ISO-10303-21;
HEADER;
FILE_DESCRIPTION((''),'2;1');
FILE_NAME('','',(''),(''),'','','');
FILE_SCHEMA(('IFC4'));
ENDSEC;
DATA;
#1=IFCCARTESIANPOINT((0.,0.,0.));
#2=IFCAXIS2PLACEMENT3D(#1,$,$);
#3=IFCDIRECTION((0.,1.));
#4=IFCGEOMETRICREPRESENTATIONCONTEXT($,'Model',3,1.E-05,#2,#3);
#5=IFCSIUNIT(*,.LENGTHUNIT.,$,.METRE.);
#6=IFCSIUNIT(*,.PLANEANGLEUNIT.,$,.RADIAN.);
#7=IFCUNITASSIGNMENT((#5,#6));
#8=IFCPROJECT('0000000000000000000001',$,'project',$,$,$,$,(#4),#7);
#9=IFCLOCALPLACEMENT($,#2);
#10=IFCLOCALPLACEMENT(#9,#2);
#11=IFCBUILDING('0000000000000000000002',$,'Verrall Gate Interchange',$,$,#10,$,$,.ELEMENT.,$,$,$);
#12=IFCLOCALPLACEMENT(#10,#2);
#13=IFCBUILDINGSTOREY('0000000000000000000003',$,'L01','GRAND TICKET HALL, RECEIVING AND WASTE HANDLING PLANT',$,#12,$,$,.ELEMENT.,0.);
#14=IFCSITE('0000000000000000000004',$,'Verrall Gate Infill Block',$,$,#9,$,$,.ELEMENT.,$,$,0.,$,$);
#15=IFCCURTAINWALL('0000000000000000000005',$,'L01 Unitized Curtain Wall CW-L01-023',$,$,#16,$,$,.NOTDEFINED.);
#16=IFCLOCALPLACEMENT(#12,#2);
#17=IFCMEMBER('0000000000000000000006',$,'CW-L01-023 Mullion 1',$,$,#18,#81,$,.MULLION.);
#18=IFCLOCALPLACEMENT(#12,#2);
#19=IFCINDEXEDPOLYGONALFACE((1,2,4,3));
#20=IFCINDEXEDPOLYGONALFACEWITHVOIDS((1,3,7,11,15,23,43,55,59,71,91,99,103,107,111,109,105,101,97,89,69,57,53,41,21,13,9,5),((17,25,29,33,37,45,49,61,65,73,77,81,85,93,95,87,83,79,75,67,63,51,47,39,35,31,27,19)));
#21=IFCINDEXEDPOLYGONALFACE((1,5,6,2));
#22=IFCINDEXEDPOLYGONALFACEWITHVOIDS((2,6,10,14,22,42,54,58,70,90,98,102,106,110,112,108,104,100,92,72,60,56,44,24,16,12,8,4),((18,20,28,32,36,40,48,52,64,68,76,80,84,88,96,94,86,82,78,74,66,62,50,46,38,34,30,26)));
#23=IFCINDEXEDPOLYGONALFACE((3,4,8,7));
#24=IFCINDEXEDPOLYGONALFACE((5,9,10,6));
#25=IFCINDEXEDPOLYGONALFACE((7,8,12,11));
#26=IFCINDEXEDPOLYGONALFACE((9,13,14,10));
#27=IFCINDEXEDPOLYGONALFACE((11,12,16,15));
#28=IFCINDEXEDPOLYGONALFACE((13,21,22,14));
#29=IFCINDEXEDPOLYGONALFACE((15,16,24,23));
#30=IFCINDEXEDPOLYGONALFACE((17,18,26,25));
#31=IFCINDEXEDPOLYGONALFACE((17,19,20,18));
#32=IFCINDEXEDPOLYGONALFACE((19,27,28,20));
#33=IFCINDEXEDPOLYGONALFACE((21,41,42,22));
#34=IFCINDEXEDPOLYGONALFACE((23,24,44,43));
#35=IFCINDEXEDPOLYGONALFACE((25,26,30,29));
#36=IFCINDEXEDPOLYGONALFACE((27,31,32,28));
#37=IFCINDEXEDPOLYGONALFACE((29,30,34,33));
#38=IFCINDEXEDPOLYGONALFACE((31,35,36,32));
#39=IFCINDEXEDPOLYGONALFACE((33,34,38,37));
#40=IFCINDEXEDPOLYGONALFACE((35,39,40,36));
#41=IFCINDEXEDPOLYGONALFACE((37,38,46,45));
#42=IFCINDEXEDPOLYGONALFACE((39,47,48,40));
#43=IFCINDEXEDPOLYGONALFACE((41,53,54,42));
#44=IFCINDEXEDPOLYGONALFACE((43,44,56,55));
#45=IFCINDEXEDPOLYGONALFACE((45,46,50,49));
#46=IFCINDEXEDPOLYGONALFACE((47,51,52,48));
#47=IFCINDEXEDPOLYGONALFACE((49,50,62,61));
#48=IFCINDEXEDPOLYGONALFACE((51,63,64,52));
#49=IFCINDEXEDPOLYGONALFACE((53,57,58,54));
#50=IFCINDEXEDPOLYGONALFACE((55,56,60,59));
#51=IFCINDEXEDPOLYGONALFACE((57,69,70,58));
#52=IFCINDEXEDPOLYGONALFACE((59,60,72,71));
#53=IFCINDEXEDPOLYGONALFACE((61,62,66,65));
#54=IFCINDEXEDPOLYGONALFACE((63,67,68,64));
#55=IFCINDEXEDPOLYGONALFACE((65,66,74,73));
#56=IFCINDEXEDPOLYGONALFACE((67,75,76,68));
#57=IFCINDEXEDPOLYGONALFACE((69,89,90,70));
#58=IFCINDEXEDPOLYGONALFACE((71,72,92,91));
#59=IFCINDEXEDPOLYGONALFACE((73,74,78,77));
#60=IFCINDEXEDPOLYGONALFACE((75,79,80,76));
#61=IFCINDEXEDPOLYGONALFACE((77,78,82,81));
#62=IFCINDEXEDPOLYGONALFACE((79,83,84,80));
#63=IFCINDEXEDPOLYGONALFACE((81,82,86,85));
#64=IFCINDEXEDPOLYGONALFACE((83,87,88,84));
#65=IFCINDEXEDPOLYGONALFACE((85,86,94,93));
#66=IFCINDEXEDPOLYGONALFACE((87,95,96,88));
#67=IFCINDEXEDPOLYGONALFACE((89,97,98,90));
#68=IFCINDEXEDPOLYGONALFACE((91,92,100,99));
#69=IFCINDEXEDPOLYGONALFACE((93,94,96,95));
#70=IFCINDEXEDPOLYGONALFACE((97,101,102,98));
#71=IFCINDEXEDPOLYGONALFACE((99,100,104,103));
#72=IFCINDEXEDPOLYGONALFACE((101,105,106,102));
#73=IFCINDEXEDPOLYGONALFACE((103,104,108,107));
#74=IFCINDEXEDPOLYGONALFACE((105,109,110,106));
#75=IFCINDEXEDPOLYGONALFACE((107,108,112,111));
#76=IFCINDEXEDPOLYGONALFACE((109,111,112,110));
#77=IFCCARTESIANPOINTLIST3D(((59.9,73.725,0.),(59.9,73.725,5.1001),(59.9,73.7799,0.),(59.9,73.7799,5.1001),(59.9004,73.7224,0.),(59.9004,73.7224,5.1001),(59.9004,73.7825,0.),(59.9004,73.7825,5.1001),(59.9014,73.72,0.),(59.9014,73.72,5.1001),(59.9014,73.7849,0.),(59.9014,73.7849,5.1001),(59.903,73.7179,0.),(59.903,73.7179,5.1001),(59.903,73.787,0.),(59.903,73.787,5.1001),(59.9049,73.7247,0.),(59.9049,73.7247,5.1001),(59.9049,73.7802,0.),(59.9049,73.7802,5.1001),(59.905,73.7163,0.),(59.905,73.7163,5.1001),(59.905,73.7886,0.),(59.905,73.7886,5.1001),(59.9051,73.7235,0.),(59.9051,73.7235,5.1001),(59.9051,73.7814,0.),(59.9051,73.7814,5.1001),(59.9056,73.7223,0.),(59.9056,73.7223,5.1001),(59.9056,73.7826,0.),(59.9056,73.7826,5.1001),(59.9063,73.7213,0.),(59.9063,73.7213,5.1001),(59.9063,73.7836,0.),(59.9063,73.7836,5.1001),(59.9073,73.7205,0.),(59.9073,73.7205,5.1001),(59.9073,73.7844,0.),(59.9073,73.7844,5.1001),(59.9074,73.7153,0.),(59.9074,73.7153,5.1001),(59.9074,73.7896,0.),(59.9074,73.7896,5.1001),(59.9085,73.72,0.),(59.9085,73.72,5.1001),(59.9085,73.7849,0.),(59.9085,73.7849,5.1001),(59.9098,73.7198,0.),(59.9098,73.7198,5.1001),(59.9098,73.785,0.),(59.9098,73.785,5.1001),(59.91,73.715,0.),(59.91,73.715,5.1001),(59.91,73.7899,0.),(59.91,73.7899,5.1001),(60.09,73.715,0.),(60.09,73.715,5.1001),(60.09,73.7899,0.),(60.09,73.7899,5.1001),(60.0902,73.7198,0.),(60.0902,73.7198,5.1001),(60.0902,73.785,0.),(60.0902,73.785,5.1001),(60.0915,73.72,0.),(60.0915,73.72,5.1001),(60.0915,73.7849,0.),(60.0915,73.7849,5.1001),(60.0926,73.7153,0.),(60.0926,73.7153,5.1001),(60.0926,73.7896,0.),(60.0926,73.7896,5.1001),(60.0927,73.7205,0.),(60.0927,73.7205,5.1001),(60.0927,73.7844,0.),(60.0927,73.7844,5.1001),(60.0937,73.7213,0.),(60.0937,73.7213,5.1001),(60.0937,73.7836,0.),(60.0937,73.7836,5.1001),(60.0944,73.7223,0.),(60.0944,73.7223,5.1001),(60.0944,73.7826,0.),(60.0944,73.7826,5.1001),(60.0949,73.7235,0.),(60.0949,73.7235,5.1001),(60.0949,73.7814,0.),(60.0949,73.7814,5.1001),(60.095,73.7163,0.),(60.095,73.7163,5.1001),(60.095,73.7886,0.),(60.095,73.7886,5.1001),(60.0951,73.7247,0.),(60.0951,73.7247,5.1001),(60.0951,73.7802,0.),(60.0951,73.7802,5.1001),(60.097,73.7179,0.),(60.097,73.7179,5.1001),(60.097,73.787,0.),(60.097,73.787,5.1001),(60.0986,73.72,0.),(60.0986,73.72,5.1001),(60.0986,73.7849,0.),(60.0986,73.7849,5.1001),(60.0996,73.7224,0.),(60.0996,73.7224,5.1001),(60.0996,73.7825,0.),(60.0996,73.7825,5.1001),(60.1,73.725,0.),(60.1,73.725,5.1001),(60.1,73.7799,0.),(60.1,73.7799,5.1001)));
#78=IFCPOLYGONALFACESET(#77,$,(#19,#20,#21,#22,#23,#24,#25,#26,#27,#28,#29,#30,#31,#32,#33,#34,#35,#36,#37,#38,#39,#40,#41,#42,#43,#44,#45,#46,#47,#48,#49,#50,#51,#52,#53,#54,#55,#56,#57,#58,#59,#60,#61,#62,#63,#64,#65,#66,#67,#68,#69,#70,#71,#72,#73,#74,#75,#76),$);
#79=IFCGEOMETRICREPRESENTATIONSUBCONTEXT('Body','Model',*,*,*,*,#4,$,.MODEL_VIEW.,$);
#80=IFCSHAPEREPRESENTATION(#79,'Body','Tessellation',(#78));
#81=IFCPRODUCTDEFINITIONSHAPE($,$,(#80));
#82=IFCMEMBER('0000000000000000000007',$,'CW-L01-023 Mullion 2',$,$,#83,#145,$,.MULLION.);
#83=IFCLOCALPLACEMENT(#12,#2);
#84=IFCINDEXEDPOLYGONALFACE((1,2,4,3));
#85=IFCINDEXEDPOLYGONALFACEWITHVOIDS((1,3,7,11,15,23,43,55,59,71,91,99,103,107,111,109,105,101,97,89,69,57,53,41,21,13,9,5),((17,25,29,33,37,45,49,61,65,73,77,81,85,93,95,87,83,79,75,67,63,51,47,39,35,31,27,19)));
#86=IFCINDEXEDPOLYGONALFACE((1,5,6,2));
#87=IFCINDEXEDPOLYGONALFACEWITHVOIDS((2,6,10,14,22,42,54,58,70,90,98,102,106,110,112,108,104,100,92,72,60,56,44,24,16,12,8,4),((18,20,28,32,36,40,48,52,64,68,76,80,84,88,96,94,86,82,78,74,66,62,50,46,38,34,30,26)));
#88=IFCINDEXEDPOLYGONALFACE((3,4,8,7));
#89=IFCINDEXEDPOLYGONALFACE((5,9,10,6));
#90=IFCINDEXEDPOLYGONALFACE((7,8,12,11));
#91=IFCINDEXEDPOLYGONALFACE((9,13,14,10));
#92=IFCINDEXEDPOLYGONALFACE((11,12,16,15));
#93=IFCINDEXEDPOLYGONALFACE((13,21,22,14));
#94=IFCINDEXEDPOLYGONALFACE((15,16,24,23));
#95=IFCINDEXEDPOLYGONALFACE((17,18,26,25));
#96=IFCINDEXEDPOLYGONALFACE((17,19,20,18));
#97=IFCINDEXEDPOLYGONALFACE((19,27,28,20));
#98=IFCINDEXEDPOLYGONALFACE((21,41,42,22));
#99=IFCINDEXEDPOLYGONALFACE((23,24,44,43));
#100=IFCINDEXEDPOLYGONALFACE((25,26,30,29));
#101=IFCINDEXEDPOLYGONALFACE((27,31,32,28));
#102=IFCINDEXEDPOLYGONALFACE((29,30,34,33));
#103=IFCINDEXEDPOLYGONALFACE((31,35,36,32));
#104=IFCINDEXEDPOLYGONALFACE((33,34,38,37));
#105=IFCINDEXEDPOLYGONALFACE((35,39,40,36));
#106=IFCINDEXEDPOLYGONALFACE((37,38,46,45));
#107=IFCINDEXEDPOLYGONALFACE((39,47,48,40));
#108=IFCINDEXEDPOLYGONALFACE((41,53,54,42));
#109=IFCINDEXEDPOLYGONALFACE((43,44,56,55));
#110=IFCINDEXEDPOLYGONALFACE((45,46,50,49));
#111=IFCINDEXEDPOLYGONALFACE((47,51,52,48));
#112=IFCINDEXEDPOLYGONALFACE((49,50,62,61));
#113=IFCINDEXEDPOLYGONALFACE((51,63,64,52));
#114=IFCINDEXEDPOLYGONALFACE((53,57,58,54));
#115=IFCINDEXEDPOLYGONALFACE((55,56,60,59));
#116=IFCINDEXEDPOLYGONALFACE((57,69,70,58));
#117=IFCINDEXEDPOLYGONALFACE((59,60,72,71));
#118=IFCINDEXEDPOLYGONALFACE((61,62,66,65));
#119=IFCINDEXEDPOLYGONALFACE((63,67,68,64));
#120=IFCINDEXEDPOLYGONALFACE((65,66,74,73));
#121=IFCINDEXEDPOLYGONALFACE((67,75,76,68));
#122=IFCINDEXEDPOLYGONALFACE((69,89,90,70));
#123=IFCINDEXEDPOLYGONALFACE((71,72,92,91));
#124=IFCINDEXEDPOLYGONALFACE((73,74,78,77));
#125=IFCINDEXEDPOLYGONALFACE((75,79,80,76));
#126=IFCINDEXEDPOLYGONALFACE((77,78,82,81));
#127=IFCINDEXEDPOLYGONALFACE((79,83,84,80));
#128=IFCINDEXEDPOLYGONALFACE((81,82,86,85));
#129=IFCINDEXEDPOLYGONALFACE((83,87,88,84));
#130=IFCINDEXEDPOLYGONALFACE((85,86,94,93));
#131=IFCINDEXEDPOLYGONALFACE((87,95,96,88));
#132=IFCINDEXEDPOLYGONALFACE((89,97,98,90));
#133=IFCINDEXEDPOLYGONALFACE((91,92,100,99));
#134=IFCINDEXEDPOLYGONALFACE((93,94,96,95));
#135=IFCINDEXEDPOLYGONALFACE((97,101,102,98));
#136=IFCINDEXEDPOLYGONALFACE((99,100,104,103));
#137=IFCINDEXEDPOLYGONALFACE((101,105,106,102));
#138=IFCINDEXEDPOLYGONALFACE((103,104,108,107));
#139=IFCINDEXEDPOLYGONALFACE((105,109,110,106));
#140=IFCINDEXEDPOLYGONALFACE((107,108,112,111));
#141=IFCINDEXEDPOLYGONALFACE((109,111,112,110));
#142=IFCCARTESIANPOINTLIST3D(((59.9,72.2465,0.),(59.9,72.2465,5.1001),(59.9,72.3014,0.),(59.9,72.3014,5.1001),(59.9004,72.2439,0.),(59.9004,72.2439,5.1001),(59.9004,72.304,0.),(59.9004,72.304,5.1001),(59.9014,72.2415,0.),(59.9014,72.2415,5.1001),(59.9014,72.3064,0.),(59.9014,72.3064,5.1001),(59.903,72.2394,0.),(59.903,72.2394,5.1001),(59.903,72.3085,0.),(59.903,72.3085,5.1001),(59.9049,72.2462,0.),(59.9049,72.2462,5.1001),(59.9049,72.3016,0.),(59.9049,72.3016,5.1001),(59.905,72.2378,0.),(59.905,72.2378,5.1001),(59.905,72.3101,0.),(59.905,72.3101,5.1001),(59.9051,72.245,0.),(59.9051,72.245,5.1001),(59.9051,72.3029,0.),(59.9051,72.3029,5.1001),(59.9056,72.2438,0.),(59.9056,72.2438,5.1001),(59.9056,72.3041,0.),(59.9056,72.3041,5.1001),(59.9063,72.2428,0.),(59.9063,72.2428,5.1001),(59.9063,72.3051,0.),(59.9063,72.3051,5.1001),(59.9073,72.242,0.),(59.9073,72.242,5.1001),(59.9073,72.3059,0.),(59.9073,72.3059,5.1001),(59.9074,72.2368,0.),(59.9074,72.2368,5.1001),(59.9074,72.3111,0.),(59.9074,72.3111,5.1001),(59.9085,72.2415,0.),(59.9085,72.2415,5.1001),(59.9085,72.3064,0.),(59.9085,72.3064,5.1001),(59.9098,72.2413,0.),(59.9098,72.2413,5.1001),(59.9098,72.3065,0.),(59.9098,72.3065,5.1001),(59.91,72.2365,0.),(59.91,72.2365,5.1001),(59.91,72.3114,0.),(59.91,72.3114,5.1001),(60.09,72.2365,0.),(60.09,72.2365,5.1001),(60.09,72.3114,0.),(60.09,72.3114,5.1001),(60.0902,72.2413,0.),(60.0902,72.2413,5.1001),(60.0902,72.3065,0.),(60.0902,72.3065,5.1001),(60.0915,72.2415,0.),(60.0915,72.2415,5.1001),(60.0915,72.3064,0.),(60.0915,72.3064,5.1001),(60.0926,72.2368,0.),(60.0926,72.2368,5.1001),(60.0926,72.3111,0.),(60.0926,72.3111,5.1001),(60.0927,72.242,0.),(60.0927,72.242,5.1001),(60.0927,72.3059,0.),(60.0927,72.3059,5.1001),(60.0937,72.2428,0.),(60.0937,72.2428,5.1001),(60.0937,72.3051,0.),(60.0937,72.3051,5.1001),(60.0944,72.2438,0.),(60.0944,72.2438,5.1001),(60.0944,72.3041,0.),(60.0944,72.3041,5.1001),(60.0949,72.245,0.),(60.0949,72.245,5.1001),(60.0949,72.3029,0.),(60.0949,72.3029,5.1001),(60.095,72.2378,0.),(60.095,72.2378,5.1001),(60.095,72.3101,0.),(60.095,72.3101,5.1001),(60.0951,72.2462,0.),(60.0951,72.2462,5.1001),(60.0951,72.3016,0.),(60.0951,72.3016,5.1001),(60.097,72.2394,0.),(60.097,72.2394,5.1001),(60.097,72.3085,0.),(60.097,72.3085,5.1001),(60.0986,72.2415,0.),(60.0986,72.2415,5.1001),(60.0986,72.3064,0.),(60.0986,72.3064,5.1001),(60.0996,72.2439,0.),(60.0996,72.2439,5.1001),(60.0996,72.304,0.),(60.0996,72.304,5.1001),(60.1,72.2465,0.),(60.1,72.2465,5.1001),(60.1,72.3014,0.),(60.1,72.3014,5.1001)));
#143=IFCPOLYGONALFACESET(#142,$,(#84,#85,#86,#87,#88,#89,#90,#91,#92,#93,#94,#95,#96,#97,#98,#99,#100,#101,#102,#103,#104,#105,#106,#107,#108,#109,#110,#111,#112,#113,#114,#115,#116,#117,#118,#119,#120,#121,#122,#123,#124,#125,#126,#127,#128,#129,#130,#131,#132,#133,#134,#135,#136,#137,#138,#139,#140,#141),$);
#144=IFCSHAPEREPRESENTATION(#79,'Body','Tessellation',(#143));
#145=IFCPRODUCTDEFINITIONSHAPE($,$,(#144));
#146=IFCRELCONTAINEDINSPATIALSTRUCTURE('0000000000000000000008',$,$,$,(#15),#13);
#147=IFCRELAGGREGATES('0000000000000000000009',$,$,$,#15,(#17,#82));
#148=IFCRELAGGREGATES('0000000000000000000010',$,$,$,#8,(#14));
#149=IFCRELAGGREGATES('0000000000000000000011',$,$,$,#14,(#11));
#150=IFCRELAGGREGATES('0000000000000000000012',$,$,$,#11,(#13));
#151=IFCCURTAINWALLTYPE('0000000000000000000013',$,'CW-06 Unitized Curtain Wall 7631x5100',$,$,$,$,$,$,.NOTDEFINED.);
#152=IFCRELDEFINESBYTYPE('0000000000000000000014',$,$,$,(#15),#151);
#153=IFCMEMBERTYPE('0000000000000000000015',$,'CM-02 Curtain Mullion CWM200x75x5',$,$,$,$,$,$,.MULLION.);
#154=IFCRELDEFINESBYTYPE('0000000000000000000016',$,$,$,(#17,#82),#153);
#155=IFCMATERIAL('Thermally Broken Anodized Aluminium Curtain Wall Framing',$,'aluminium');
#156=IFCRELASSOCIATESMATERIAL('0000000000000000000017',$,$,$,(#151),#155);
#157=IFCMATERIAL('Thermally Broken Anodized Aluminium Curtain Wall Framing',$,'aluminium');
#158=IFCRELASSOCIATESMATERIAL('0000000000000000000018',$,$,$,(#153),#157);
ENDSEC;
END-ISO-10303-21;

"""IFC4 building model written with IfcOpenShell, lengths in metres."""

from ifc_helpers import new_model, si_unit, direction, frame, origin, origin_2d, place, context, subcontext, project, spatial, hollow_rectangle, extrude, material, material_profile, profile_set, type_object, element, aggregate, save


model = new_model("IFC4")

# Units and contexts
model_context = context("Model", 3, precision=1e-05, world=origin(), true_north=direction((0.0, 1.0)))
body_context = subcontext(model_context, "Body", "Model", "MODEL_VIEW")
ifc_project = project(units=[si_unit("LENGTHUNIT", "METRE"), si_unit("PLANEANGLEUNIT", "RADIAN")], contexts=[model_context])

# Site, building, storey
site_placement = place(None, origin())
site = spatial("IfcSite", under=ifc_project, at=site_placement, Name="Verrall Gate Infill Block", CompositionType="ELEMENT", RefElevation=0.0)
building_placement = place(site_placement, origin())
building = spatial("IfcBuilding", under=site, at=building_placement, Name="Verrall Gate Interchange", CompositionType="ELEMENT")
storey_placement = place(building_placement, origin())
storey = spatial("IfcBuildingStorey", under=building, at=storey_placement, Name="L01", Description="GRAND TICKET HALL, RECEIVING AND WASTE HANDLING PLANT", CompositionType="ELEMENT", Elevation=0.0)

# Curtain wall, members
ifc_material_1 = material(Name="Thermally Broken Anodized Aluminium Curtain Wall Framing", Category="aluminium")
curtain_wall_type_1 = type_object("IfcCurtainWallType", Name="CW-06 Unitized Curtain Wall 7631x5100", PredefinedType="NOTDEFINED", material=ifc_material_1)
curtain_wall_1_placement = place(storey_placement, origin())
curtain_wall_1 = element("IfcCurtainWall", 1, at=curtain_wall_1_placement, inside=storey, type_object=curtain_wall_type_1, Name="L01 Unitized Curtain Wall CW-L01-023", PredefinedType="NOTDEFINED")
ifc_material_2 = material(Name="Thermally Broken Anodized Aluminium Curtain Wall Framing", Category="aluminium")
ifc_material_profile_1 = material_profile(ifc_material_2, hollow_rectangle(XDim=0.075, YDim=0.2, WallThickness=0.0049, InnerFilletRadius=0.0049, OuterFilletRadius=0.01, at=origin_2d()), Name="CWM200x75x5")
ifc_profile_set_1 = profile_set([ifc_material_profile_1], Name="Thermally Broken Anodized Aluminium Curtain Wall Framing")
member_type_1 = type_object("IfcMemberType", Name="CM-02 Curtain Mullion CWM200x75x5", PredefinedType="MULLION", material=ifc_profile_set_1)
member_1_placement = place(storey_placement, frame((60.0, 73.7524, 0.0), z_axis=(0.0, 0.0, 1.0), x_axis=(0.0, -1.0, 0.0)))
member_1 = element("IfcMember", 2, at=member_1_placement, type_object=member_type_1, Name="CW-L01-023 Mullion 1", PredefinedType="MULLION", context=body_context, shape_type="SweptSolid", body=[
    extrude(hollow_rectangle(XDim=0.075, YDim=0.2, WallThickness=0.0049, InnerFilletRadius=0.0049, OuterFilletRadius=0.01, at=origin_2d()), origin(), (0.0, 0.0, 1.0), 5.1001),
])
member_2_placement = place(storey_placement, frame((60.0, 72.2739, 0.0), z_axis=(0.0, 0.0, 1.0), x_axis=(0.0, -1.0, 0.0)))
member_2 = element("IfcMember", 3, at=member_2_placement, type_object=member_type_1, Name="CW-L01-023 Mullion 2", PredefinedType="MULLION", context=body_context, shape_type="SweptSolid", body=[
    extrude(hollow_rectangle(XDim=0.075, YDim=0.2, WallThickness=0.0049, InnerFilletRadius=0.0049, OuterFilletRadius=0.01, at=origin_2d()), origin(), (0.0, 0.0, 1.0), 5.1001),
])

aggregate(curtain_wall_1, [member_1, member_2])

save(model, "model.ifc")
